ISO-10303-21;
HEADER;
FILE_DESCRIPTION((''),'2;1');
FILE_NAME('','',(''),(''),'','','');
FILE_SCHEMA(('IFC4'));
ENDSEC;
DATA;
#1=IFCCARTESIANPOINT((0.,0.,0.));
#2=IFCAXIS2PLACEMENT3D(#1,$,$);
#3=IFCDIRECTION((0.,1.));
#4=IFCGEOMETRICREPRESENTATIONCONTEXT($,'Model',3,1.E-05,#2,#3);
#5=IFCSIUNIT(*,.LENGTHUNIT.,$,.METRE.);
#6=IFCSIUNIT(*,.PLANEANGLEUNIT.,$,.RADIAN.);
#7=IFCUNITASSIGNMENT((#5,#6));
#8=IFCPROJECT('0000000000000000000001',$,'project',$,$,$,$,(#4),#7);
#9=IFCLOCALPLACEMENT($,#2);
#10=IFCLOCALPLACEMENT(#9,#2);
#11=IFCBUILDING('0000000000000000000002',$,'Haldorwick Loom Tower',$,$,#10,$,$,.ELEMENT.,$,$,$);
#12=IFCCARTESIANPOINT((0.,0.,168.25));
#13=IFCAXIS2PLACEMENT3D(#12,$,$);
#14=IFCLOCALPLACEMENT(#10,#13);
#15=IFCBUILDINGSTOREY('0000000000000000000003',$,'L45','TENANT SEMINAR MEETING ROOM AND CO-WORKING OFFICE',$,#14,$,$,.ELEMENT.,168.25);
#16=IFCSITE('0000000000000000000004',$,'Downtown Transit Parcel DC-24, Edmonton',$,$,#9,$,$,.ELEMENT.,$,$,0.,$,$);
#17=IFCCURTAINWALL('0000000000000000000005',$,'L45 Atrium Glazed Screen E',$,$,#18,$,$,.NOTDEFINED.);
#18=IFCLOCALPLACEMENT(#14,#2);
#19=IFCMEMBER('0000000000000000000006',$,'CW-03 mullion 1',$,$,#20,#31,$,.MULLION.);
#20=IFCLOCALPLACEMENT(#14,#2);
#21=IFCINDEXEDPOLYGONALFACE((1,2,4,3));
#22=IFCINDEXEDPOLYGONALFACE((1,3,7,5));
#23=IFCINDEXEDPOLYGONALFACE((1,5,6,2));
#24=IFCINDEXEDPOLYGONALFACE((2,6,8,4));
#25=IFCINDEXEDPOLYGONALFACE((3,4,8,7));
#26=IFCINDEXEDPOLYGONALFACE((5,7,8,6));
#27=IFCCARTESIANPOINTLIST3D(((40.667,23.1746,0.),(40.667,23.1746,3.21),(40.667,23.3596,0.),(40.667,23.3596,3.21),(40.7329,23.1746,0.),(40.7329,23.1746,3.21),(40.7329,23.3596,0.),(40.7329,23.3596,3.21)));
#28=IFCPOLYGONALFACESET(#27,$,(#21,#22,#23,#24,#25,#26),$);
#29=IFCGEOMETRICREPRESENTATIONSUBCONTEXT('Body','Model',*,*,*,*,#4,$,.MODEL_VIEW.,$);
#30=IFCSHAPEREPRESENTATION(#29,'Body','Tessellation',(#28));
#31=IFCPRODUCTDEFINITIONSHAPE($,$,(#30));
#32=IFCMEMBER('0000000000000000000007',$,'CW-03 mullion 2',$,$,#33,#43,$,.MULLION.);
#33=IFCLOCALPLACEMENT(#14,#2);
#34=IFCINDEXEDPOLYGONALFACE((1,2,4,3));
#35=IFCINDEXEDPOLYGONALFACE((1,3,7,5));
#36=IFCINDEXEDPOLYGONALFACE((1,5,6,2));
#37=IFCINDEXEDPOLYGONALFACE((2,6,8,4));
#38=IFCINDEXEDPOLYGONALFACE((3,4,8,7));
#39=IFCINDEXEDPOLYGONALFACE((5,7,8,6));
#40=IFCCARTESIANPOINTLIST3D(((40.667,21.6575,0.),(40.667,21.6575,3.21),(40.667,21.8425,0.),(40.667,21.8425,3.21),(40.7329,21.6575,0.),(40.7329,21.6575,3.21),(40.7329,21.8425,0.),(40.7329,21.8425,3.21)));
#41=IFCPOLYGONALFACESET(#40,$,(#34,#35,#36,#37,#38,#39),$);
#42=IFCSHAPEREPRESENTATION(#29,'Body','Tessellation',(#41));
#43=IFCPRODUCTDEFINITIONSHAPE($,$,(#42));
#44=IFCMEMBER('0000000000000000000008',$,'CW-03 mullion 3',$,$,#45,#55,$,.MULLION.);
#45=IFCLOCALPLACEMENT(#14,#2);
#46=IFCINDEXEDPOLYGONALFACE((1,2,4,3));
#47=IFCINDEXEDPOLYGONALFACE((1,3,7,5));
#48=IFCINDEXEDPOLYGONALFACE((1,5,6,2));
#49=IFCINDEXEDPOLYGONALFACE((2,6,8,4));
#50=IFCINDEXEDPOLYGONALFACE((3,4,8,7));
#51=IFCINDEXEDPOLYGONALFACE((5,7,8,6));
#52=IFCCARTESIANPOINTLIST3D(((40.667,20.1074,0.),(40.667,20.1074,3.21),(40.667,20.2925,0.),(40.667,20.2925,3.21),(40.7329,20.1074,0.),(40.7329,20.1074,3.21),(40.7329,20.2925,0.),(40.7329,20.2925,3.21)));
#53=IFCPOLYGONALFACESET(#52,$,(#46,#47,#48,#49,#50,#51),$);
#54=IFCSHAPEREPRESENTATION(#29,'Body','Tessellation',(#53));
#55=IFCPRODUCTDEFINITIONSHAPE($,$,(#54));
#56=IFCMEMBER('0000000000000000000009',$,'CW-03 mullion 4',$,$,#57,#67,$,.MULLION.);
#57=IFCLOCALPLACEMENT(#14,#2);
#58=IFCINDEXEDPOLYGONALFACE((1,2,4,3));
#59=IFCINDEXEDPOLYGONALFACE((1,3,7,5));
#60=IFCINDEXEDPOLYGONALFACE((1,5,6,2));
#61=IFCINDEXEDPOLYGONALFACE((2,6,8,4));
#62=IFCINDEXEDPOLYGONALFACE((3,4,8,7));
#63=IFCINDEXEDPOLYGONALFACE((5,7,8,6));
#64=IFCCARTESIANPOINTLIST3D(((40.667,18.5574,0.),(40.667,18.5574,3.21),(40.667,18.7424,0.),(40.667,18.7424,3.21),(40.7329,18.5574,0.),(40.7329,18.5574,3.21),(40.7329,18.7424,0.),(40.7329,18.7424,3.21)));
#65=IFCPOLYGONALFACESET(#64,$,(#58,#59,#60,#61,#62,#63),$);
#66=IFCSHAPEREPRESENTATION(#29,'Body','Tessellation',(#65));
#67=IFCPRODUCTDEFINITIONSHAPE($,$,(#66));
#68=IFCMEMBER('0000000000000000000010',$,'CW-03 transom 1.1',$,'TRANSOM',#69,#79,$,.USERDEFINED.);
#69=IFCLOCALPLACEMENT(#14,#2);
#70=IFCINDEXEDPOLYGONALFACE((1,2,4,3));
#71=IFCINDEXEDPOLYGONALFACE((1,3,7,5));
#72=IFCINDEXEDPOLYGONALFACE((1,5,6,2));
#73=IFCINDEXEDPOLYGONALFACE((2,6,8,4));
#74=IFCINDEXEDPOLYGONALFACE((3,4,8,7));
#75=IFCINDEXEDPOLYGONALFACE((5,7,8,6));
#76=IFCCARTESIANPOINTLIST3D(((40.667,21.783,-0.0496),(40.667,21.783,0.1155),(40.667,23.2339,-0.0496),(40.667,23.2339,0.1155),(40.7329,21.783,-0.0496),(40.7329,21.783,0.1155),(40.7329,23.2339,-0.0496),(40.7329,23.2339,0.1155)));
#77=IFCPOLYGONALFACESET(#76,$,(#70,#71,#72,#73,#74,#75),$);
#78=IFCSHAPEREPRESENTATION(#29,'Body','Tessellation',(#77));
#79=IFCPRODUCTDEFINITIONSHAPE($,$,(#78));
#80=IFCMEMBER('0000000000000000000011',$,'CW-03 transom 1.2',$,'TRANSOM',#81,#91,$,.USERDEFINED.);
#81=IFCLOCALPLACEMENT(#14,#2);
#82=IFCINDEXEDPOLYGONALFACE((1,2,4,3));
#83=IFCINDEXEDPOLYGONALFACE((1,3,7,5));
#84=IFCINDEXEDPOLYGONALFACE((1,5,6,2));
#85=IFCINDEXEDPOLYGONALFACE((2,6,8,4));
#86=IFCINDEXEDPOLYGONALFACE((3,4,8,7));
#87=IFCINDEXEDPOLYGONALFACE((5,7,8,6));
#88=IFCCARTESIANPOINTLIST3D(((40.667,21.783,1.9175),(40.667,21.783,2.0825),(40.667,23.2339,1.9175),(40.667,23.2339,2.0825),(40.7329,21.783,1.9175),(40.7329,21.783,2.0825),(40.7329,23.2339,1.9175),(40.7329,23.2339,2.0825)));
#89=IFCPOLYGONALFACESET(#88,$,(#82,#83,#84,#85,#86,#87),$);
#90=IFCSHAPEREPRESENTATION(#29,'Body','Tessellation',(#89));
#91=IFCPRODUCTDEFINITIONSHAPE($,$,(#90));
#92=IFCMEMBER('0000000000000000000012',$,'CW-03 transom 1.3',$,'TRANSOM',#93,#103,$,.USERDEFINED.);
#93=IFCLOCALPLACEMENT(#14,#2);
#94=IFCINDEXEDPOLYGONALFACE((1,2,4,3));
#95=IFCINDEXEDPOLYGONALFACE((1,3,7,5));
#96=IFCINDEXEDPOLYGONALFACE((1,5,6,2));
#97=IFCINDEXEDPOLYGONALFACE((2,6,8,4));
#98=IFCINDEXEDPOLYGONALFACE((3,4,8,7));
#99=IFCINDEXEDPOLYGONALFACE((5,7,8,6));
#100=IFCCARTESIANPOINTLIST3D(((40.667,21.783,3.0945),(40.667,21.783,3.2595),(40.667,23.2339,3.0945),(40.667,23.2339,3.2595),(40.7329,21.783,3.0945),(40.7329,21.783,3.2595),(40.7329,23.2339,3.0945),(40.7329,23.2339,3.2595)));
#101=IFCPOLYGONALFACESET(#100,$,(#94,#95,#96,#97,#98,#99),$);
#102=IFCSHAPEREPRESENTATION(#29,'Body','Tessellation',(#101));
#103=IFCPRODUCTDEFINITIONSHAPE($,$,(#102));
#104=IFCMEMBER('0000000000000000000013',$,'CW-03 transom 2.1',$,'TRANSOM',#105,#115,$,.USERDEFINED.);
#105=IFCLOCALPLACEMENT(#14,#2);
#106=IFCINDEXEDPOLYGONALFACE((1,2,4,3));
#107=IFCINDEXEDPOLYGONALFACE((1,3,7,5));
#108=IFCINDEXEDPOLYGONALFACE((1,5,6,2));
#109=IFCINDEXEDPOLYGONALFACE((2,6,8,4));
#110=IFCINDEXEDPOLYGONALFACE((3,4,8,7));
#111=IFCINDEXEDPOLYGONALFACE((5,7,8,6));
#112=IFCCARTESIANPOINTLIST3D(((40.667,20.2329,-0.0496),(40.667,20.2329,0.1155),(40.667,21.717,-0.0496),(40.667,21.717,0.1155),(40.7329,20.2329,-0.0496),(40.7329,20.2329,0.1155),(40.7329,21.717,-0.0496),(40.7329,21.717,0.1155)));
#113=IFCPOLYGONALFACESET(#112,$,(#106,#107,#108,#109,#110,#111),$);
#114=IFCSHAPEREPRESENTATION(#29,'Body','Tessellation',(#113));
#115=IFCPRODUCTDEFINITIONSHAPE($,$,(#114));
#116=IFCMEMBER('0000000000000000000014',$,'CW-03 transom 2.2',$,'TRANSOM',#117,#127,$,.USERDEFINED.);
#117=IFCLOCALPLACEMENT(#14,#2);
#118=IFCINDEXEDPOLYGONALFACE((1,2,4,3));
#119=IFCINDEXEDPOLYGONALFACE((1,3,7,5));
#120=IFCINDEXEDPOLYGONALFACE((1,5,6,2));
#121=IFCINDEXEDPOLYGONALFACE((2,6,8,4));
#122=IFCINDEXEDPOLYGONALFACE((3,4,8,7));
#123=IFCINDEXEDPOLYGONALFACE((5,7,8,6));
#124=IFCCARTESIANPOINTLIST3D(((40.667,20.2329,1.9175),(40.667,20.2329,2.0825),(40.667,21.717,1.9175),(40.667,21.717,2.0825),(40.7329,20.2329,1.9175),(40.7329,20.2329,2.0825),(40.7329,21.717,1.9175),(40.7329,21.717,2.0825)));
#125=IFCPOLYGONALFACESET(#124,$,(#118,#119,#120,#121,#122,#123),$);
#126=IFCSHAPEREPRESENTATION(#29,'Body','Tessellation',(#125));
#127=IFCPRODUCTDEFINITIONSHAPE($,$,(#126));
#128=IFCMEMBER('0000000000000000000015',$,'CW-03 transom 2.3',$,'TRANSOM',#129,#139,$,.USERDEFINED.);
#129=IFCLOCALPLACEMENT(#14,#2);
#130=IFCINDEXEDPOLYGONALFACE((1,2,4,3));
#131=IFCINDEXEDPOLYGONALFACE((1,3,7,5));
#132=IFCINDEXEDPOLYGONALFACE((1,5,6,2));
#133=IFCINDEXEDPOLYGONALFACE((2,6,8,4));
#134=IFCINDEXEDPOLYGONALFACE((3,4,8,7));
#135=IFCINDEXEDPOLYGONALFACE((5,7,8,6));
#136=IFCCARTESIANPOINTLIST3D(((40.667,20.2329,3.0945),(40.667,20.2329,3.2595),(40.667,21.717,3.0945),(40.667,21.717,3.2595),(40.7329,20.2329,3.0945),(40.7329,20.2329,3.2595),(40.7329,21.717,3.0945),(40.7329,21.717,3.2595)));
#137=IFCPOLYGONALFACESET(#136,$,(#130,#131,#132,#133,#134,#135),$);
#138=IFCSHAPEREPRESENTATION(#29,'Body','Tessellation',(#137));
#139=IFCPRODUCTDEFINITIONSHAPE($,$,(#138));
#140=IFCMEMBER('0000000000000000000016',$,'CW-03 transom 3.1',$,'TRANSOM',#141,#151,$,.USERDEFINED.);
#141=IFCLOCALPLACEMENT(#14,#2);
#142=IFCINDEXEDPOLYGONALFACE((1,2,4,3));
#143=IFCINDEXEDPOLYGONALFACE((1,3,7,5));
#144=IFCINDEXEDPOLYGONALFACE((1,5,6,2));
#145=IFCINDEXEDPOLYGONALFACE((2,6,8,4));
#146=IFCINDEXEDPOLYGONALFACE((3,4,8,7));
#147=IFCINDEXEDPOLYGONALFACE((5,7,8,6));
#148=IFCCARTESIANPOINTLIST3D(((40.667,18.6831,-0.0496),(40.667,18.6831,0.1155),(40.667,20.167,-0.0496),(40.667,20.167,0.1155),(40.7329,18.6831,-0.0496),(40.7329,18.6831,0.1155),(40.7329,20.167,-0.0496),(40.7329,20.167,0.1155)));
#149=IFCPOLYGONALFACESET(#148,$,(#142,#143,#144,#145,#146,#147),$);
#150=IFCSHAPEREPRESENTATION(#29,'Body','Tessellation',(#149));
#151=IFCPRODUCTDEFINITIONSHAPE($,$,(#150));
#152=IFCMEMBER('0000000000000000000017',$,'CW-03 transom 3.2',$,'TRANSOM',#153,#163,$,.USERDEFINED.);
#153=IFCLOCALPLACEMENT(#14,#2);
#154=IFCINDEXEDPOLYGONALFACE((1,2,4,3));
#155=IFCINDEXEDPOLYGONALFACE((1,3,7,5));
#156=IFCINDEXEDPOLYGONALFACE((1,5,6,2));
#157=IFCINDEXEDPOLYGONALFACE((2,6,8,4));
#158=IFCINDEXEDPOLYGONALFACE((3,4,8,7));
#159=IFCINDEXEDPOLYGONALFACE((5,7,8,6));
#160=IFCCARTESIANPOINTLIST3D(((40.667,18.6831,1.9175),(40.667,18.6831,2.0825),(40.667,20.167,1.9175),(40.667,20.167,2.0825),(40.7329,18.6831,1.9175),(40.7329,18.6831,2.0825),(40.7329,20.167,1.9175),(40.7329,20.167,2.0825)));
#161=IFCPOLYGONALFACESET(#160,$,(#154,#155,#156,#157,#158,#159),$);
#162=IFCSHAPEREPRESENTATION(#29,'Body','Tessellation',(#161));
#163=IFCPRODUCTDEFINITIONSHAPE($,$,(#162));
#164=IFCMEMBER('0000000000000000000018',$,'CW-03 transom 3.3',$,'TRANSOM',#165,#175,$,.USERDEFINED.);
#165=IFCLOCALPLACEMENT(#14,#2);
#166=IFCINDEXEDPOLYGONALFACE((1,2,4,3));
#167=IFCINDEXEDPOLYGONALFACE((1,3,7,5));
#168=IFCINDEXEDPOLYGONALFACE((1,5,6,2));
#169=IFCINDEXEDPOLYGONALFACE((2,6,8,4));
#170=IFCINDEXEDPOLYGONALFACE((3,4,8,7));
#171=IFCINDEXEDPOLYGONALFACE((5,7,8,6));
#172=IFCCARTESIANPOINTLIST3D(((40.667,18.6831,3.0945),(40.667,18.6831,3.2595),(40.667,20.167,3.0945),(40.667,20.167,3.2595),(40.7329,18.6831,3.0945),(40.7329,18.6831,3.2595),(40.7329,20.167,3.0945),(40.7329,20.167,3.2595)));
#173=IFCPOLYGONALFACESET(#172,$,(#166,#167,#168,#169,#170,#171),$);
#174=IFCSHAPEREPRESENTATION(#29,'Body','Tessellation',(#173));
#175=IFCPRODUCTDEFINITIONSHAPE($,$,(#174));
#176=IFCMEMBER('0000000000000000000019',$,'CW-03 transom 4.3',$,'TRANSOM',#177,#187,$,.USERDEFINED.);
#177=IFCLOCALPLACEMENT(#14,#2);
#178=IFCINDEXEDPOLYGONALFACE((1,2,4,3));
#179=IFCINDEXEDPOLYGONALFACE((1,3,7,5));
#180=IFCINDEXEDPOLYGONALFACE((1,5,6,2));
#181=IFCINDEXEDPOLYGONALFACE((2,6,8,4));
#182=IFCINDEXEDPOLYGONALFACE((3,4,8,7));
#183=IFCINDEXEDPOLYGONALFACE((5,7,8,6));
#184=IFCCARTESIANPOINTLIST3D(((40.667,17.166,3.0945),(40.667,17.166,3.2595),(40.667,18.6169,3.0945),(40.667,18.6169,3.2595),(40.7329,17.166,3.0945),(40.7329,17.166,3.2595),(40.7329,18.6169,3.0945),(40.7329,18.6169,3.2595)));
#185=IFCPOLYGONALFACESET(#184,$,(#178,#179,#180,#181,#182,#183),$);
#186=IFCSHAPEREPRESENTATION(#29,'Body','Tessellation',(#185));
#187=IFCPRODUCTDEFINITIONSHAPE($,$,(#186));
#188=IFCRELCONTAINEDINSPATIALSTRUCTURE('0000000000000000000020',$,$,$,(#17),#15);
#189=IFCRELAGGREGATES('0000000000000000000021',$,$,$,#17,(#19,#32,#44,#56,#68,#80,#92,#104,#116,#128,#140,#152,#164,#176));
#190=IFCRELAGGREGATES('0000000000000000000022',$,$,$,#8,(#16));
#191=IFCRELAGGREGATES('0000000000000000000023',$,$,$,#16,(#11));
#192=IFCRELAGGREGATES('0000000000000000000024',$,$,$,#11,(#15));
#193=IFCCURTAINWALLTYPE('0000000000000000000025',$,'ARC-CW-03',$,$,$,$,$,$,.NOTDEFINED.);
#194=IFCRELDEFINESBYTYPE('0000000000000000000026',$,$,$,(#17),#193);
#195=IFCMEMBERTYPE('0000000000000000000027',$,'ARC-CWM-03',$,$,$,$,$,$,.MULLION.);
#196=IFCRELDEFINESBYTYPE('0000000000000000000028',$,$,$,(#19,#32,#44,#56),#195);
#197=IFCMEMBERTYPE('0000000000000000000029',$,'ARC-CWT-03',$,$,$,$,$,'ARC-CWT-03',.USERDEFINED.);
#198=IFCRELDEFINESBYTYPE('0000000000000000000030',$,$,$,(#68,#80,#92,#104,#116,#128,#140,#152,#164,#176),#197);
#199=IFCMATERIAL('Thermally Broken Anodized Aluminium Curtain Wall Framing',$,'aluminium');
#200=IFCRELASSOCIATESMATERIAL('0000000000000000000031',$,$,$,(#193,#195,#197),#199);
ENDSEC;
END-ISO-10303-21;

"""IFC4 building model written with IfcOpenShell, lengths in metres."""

from ifc_helpers import new_model, si_unit, direction, frame, origin, origin_2d, place, context, subcontext, project, spatial, rectangle, extrude, material, material_profile, profile_set, type_object, element, aggregate, save


model = new_model("IFC4")

# Units and contexts
model_context = context("Model", 3, precision=1e-05, world=origin(), true_north=direction((0.0, 1.0)))
body_context = subcontext(model_context, "Body", "Model", "MODEL_VIEW")
ifc_project = project(units=[si_unit("LENGTHUNIT", "METRE"), si_unit("PLANEANGLEUNIT", "RADIAN")], contexts=[model_context])

# Site, building, storey
site_placement = place(None, origin())
site = spatial("IfcSite", under=ifc_project, at=site_placement, Name="Downtown Transit Parcel DC-24, Edmonton", CompositionType="ELEMENT", RefElevation=0.0)
building_placement = place(site_placement, origin())
building = spatial("IfcBuilding", under=site, at=building_placement, Name="Haldorwick Loom Tower", CompositionType="ELEMENT")
storey_placement = place(building_placement, frame((0.0, 0.0, 168.25)))
storey = spatial("IfcBuildingStorey", under=building, at=storey_placement, Name="L45", Description="TENANT SEMINAR MEETING ROOM AND CO-WORKING OFFICE", CompositionType="ELEMENT", Elevation=168.25)

# Curtain wall, members
ifc_material_1 = material(Name="Thermally Broken Anodized Aluminium Curtain Wall Framing", Category="aluminium")
curtain_wall_type = type_object("IfcCurtainWallType", Name="ARC-CW-03", PredefinedType="NOTDEFINED", material=ifc_material_1)
curtain_wall_placement = place(storey_placement, origin())
curtain_wall = element("IfcCurtainWall", 1, at=curtain_wall_placement, inside=storey, type_object=curtain_wall_type, Name="L45 Atrium Glazed Screen E", PredefinedType="NOTDEFINED")
ifc_material_profile_1 = material_profile(ifc_material_1, rectangle(XDim=0.0659, YDim=0.1851, at=origin_2d()), Name="ALU_MUL_66X185", Category="aluminium")
ifc_profile_set_1 = profile_set([ifc_material_profile_1], Name="Thermally Broken Anodized Aluminium Curtain Wall Framing")
member_type_1 = type_object("IfcMemberType", Name="ARC-CWM-03", PredefinedType="MULLION", material=ifc_profile_set_1)
member_1_placement = place(storey_placement, frame((40.7, 23.2671, 0.0), z_axis=(0.0, 0.0, 1.0), x_axis=(1.0, 0.0, 0.0)))
member_1 = element("IfcMember", 2, at=member_1_placement, type_object=member_type_1, Name="CW-03 mullion 1", PredefinedType="MULLION", context=body_context, shape_type="SweptSolid", body=[
    extrude(rectangle(XDim=0.0659, YDim=0.1851, at=origin_2d()), origin(), (0.0, 0.0, 1.0), 3.21),
])
member_2_placement = place(storey_placement, frame((40.7, 21.75, 0.0), z_axis=(0.0, 0.0, 1.0), x_axis=(1.0, 0.0, 0.0)))
member_2 = element("IfcMember", 3, at=member_2_placement, type_object=member_type_1, Name="CW-03 mullion 2", PredefinedType="MULLION", context=body_context, shape_type="SweptSolid", body=[
    extrude(rectangle(XDim=0.0659, YDim=0.1851, at=origin_2d()), origin(), (0.0, 0.0, 1.0), 3.21),
])
member_3_placement = place(storey_placement, frame((40.7, 20.2, 0.0), z_axis=(0.0, 0.0, 1.0), x_axis=(1.0, 0.0, 0.0)))
member_3 = element("IfcMember", 4, at=member_3_placement, type_object=member_type_1, Name="CW-03 mullion 3", PredefinedType="MULLION", context=body_context, shape_type="SweptSolid", body=[
    extrude(rectangle(XDim=0.0659, YDim=0.1851, at=origin_2d()), origin(), (0.0, 0.0, 1.0), 3.21),
])
member_4_placement = place(storey_placement, frame((40.7, 18.6499, 0.0), z_axis=(0.0, 0.0, 1.0), x_axis=(1.0, 0.0, 0.0)))
member_4 = element("IfcMember", 5, at=member_4_placement, type_object=member_type_1, Name="CW-03 mullion 4", PredefinedType="MULLION", context=body_context, shape_type="SweptSolid", body=[
    extrude(rectangle(XDim=0.0659, YDim=0.1851, at=origin_2d()), origin(), (0.0, 0.0, 1.0), 3.21),
])
ifc_material_profile_2 = material_profile(ifc_material_1, rectangle(XDim=0.0659, YDim=0.165, at=origin_2d()), Name="ALU_TRN_66X165", Category="aluminium")
ifc_profile_set_2 = profile_set([ifc_material_profile_2], Name="Thermally Broken Anodized Aluminium Curtain Wall Framing")
member_type_2 = type_object("IfcMemberType", Name="ARC-CWT-03", ElementType="ARC-CWT-03", PredefinedType="USERDEFINED", material=ifc_profile_set_2)
member_5_placement = place(storey_placement, frame((40.7, 23.2339, 0.033), z_axis=(0.0, -1.0, 0.0), x_axis=(1.0, 0.0, 0.0)))
member_5 = element("IfcMember", 6, at=member_5_placement, type_object=member_type_2, Name="CW-03 transom 1.1", ObjectType="TRANSOM", PredefinedType="USERDEFINED", context=body_context, shape_type="SweptSolid", body=[
    extrude(rectangle(XDim=0.0659, YDim=0.165, at=origin_2d()), origin(), (0.0, 0.0, 1.0), 1.4509),
])
member_6_placement = place(storey_placement, frame((40.7, 23.2339, 2.0), z_axis=(0.0, -1.0, 0.0), x_axis=(1.0, 0.0, 0.0)))
member_6 = element("IfcMember", 7, at=member_6_placement, type_object=member_type_2, Name="CW-03 transom 1.2", ObjectType="TRANSOM", PredefinedType="USERDEFINED", context=body_context, shape_type="SweptSolid", body=[
    extrude(rectangle(XDim=0.0659, YDim=0.165, at=origin_2d()), origin(), (0.0, 0.0, 1.0), 1.4509),
])
member_7_placement = place(storey_placement, frame((40.7, 23.2339, 3.177), z_axis=(0.0, -1.0, 0.0), x_axis=(1.0, 0.0, 0.0)))
member_7 = element("IfcMember", 8, at=member_7_placement, type_object=member_type_2, Name="CW-03 transom 1.3", ObjectType="TRANSOM", PredefinedType="USERDEFINED", context=body_context, shape_type="SweptSolid", body=[
    extrude(rectangle(XDim=0.0659, YDim=0.165, at=origin_2d()), origin(), (0.0, 0.0, 1.0), 1.4509),
])
member_8_placement = place(storey_placement, frame((40.7, 21.717, 0.033), z_axis=(0.0, -1.0, 0.0), x_axis=(1.0, 0.0, 0.0)))
member_8 = element("IfcMember", 9, at=member_8_placement, type_object=member_type_2, Name="CW-03 transom 2.1", ObjectType="TRANSOM", PredefinedType="USERDEFINED", context=body_context, shape_type="SweptSolid", body=[
    extrude(rectangle(XDim=0.0659, YDim=0.165, at=origin_2d()), origin(), (0.0, 0.0, 1.0), 1.4841),
])
member_9_placement = place(storey_placement, frame((40.7, 21.717, 2.0), z_axis=(0.0, -1.0, 0.0), x_axis=(1.0, 0.0, 0.0)))
member_9 = element("IfcMember", 10, at=member_9_placement, type_object=member_type_2, Name="CW-03 transom 2.2", ObjectType="TRANSOM", PredefinedType="USERDEFINED", context=body_context, shape_type="SweptSolid", body=[
    extrude(rectangle(XDim=0.0659, YDim=0.165, at=origin_2d()), origin(), (0.0, 0.0, 1.0), 1.4841),
])
member_10_placement = place(storey_placement, frame((40.7, 21.717, 3.177), z_axis=(0.0, -1.0, 0.0), x_axis=(1.0, 0.0, 0.0)))
member_10 = element("IfcMember", 11, at=member_10_placement, type_object=member_type_2, Name="CW-03 transom 2.3", ObjectType="TRANSOM", PredefinedType="USERDEFINED", context=body_context, shape_type="SweptSolid", body=[
    extrude(rectangle(XDim=0.0659, YDim=0.165, at=origin_2d()), origin(), (0.0, 0.0, 1.0), 1.4841),
])
member_11_placement = place(storey_placement, frame((40.7, 20.167, 0.033), z_axis=(0.0, -1.0, 0.0), x_axis=(1.0, 0.0, 0.0)))
member_11 = element("IfcMember", 12, at=member_11_placement, type_object=member_type_2, Name="CW-03 transom 3.1", ObjectType="TRANSOM", PredefinedType="USERDEFINED", context=body_context, shape_type="SweptSolid", body=[
    extrude(rectangle(XDim=0.0659, YDim=0.165, at=origin_2d()), origin(), (0.0, 0.0, 1.0), 1.4839),
])
member_12_placement = place(storey_placement, frame((40.7, 20.167, 2.0), z_axis=(0.0, -1.0, 0.0), x_axis=(1.0, 0.0, 0.0)))
member_12 = element("IfcMember", 13, at=member_12_placement, type_object=member_type_2, Name="CW-03 transom 3.2", ObjectType="TRANSOM", PredefinedType="USERDEFINED", context=body_context, shape_type="SweptSolid", body=[
    extrude(rectangle(XDim=0.0659, YDim=0.165, at=origin_2d()), origin(), (0.0, 0.0, 1.0), 1.4839),
])
member_13_placement = place(storey_placement, frame((40.7, 20.167, 3.177), z_axis=(0.0, -1.0, 0.0), x_axis=(1.0, 0.0, 0.0)))
member_13 = element("IfcMember", 14, at=member_13_placement, type_object=member_type_2, Name="CW-03 transom 3.3", ObjectType="TRANSOM", PredefinedType="USERDEFINED", context=body_context, shape_type="SweptSolid", body=[
    extrude(rectangle(XDim=0.0659, YDim=0.165, at=origin_2d()), origin(), (0.0, 0.0, 1.0), 1.4839),
])
member_14_placement = place(storey_placement, frame((40.7, 18.6169, 3.177), z_axis=(0.0, -1.0, 0.0), x_axis=(1.0, 0.0, 0.0)))
member_14 = element("IfcMember", 15, at=member_14_placement, type_object=member_type_2, Name="CW-03 transom 4.3", ObjectType="TRANSOM", PredefinedType="USERDEFINED", context=body_context, shape_type="SweptSolid", body=[
    extrude(rectangle(XDim=0.0659, YDim=0.165, at=origin_2d()), origin(), (0.0, 0.0, 1.0), 1.4509),
])

aggregate(curtain_wall, [member_1, member_2, member_3, member_4, member_5, member_6, member_7, member_8, member_9, member_10, member_11, member_12, member_13, member_14])

save(model, "model.ifc")
